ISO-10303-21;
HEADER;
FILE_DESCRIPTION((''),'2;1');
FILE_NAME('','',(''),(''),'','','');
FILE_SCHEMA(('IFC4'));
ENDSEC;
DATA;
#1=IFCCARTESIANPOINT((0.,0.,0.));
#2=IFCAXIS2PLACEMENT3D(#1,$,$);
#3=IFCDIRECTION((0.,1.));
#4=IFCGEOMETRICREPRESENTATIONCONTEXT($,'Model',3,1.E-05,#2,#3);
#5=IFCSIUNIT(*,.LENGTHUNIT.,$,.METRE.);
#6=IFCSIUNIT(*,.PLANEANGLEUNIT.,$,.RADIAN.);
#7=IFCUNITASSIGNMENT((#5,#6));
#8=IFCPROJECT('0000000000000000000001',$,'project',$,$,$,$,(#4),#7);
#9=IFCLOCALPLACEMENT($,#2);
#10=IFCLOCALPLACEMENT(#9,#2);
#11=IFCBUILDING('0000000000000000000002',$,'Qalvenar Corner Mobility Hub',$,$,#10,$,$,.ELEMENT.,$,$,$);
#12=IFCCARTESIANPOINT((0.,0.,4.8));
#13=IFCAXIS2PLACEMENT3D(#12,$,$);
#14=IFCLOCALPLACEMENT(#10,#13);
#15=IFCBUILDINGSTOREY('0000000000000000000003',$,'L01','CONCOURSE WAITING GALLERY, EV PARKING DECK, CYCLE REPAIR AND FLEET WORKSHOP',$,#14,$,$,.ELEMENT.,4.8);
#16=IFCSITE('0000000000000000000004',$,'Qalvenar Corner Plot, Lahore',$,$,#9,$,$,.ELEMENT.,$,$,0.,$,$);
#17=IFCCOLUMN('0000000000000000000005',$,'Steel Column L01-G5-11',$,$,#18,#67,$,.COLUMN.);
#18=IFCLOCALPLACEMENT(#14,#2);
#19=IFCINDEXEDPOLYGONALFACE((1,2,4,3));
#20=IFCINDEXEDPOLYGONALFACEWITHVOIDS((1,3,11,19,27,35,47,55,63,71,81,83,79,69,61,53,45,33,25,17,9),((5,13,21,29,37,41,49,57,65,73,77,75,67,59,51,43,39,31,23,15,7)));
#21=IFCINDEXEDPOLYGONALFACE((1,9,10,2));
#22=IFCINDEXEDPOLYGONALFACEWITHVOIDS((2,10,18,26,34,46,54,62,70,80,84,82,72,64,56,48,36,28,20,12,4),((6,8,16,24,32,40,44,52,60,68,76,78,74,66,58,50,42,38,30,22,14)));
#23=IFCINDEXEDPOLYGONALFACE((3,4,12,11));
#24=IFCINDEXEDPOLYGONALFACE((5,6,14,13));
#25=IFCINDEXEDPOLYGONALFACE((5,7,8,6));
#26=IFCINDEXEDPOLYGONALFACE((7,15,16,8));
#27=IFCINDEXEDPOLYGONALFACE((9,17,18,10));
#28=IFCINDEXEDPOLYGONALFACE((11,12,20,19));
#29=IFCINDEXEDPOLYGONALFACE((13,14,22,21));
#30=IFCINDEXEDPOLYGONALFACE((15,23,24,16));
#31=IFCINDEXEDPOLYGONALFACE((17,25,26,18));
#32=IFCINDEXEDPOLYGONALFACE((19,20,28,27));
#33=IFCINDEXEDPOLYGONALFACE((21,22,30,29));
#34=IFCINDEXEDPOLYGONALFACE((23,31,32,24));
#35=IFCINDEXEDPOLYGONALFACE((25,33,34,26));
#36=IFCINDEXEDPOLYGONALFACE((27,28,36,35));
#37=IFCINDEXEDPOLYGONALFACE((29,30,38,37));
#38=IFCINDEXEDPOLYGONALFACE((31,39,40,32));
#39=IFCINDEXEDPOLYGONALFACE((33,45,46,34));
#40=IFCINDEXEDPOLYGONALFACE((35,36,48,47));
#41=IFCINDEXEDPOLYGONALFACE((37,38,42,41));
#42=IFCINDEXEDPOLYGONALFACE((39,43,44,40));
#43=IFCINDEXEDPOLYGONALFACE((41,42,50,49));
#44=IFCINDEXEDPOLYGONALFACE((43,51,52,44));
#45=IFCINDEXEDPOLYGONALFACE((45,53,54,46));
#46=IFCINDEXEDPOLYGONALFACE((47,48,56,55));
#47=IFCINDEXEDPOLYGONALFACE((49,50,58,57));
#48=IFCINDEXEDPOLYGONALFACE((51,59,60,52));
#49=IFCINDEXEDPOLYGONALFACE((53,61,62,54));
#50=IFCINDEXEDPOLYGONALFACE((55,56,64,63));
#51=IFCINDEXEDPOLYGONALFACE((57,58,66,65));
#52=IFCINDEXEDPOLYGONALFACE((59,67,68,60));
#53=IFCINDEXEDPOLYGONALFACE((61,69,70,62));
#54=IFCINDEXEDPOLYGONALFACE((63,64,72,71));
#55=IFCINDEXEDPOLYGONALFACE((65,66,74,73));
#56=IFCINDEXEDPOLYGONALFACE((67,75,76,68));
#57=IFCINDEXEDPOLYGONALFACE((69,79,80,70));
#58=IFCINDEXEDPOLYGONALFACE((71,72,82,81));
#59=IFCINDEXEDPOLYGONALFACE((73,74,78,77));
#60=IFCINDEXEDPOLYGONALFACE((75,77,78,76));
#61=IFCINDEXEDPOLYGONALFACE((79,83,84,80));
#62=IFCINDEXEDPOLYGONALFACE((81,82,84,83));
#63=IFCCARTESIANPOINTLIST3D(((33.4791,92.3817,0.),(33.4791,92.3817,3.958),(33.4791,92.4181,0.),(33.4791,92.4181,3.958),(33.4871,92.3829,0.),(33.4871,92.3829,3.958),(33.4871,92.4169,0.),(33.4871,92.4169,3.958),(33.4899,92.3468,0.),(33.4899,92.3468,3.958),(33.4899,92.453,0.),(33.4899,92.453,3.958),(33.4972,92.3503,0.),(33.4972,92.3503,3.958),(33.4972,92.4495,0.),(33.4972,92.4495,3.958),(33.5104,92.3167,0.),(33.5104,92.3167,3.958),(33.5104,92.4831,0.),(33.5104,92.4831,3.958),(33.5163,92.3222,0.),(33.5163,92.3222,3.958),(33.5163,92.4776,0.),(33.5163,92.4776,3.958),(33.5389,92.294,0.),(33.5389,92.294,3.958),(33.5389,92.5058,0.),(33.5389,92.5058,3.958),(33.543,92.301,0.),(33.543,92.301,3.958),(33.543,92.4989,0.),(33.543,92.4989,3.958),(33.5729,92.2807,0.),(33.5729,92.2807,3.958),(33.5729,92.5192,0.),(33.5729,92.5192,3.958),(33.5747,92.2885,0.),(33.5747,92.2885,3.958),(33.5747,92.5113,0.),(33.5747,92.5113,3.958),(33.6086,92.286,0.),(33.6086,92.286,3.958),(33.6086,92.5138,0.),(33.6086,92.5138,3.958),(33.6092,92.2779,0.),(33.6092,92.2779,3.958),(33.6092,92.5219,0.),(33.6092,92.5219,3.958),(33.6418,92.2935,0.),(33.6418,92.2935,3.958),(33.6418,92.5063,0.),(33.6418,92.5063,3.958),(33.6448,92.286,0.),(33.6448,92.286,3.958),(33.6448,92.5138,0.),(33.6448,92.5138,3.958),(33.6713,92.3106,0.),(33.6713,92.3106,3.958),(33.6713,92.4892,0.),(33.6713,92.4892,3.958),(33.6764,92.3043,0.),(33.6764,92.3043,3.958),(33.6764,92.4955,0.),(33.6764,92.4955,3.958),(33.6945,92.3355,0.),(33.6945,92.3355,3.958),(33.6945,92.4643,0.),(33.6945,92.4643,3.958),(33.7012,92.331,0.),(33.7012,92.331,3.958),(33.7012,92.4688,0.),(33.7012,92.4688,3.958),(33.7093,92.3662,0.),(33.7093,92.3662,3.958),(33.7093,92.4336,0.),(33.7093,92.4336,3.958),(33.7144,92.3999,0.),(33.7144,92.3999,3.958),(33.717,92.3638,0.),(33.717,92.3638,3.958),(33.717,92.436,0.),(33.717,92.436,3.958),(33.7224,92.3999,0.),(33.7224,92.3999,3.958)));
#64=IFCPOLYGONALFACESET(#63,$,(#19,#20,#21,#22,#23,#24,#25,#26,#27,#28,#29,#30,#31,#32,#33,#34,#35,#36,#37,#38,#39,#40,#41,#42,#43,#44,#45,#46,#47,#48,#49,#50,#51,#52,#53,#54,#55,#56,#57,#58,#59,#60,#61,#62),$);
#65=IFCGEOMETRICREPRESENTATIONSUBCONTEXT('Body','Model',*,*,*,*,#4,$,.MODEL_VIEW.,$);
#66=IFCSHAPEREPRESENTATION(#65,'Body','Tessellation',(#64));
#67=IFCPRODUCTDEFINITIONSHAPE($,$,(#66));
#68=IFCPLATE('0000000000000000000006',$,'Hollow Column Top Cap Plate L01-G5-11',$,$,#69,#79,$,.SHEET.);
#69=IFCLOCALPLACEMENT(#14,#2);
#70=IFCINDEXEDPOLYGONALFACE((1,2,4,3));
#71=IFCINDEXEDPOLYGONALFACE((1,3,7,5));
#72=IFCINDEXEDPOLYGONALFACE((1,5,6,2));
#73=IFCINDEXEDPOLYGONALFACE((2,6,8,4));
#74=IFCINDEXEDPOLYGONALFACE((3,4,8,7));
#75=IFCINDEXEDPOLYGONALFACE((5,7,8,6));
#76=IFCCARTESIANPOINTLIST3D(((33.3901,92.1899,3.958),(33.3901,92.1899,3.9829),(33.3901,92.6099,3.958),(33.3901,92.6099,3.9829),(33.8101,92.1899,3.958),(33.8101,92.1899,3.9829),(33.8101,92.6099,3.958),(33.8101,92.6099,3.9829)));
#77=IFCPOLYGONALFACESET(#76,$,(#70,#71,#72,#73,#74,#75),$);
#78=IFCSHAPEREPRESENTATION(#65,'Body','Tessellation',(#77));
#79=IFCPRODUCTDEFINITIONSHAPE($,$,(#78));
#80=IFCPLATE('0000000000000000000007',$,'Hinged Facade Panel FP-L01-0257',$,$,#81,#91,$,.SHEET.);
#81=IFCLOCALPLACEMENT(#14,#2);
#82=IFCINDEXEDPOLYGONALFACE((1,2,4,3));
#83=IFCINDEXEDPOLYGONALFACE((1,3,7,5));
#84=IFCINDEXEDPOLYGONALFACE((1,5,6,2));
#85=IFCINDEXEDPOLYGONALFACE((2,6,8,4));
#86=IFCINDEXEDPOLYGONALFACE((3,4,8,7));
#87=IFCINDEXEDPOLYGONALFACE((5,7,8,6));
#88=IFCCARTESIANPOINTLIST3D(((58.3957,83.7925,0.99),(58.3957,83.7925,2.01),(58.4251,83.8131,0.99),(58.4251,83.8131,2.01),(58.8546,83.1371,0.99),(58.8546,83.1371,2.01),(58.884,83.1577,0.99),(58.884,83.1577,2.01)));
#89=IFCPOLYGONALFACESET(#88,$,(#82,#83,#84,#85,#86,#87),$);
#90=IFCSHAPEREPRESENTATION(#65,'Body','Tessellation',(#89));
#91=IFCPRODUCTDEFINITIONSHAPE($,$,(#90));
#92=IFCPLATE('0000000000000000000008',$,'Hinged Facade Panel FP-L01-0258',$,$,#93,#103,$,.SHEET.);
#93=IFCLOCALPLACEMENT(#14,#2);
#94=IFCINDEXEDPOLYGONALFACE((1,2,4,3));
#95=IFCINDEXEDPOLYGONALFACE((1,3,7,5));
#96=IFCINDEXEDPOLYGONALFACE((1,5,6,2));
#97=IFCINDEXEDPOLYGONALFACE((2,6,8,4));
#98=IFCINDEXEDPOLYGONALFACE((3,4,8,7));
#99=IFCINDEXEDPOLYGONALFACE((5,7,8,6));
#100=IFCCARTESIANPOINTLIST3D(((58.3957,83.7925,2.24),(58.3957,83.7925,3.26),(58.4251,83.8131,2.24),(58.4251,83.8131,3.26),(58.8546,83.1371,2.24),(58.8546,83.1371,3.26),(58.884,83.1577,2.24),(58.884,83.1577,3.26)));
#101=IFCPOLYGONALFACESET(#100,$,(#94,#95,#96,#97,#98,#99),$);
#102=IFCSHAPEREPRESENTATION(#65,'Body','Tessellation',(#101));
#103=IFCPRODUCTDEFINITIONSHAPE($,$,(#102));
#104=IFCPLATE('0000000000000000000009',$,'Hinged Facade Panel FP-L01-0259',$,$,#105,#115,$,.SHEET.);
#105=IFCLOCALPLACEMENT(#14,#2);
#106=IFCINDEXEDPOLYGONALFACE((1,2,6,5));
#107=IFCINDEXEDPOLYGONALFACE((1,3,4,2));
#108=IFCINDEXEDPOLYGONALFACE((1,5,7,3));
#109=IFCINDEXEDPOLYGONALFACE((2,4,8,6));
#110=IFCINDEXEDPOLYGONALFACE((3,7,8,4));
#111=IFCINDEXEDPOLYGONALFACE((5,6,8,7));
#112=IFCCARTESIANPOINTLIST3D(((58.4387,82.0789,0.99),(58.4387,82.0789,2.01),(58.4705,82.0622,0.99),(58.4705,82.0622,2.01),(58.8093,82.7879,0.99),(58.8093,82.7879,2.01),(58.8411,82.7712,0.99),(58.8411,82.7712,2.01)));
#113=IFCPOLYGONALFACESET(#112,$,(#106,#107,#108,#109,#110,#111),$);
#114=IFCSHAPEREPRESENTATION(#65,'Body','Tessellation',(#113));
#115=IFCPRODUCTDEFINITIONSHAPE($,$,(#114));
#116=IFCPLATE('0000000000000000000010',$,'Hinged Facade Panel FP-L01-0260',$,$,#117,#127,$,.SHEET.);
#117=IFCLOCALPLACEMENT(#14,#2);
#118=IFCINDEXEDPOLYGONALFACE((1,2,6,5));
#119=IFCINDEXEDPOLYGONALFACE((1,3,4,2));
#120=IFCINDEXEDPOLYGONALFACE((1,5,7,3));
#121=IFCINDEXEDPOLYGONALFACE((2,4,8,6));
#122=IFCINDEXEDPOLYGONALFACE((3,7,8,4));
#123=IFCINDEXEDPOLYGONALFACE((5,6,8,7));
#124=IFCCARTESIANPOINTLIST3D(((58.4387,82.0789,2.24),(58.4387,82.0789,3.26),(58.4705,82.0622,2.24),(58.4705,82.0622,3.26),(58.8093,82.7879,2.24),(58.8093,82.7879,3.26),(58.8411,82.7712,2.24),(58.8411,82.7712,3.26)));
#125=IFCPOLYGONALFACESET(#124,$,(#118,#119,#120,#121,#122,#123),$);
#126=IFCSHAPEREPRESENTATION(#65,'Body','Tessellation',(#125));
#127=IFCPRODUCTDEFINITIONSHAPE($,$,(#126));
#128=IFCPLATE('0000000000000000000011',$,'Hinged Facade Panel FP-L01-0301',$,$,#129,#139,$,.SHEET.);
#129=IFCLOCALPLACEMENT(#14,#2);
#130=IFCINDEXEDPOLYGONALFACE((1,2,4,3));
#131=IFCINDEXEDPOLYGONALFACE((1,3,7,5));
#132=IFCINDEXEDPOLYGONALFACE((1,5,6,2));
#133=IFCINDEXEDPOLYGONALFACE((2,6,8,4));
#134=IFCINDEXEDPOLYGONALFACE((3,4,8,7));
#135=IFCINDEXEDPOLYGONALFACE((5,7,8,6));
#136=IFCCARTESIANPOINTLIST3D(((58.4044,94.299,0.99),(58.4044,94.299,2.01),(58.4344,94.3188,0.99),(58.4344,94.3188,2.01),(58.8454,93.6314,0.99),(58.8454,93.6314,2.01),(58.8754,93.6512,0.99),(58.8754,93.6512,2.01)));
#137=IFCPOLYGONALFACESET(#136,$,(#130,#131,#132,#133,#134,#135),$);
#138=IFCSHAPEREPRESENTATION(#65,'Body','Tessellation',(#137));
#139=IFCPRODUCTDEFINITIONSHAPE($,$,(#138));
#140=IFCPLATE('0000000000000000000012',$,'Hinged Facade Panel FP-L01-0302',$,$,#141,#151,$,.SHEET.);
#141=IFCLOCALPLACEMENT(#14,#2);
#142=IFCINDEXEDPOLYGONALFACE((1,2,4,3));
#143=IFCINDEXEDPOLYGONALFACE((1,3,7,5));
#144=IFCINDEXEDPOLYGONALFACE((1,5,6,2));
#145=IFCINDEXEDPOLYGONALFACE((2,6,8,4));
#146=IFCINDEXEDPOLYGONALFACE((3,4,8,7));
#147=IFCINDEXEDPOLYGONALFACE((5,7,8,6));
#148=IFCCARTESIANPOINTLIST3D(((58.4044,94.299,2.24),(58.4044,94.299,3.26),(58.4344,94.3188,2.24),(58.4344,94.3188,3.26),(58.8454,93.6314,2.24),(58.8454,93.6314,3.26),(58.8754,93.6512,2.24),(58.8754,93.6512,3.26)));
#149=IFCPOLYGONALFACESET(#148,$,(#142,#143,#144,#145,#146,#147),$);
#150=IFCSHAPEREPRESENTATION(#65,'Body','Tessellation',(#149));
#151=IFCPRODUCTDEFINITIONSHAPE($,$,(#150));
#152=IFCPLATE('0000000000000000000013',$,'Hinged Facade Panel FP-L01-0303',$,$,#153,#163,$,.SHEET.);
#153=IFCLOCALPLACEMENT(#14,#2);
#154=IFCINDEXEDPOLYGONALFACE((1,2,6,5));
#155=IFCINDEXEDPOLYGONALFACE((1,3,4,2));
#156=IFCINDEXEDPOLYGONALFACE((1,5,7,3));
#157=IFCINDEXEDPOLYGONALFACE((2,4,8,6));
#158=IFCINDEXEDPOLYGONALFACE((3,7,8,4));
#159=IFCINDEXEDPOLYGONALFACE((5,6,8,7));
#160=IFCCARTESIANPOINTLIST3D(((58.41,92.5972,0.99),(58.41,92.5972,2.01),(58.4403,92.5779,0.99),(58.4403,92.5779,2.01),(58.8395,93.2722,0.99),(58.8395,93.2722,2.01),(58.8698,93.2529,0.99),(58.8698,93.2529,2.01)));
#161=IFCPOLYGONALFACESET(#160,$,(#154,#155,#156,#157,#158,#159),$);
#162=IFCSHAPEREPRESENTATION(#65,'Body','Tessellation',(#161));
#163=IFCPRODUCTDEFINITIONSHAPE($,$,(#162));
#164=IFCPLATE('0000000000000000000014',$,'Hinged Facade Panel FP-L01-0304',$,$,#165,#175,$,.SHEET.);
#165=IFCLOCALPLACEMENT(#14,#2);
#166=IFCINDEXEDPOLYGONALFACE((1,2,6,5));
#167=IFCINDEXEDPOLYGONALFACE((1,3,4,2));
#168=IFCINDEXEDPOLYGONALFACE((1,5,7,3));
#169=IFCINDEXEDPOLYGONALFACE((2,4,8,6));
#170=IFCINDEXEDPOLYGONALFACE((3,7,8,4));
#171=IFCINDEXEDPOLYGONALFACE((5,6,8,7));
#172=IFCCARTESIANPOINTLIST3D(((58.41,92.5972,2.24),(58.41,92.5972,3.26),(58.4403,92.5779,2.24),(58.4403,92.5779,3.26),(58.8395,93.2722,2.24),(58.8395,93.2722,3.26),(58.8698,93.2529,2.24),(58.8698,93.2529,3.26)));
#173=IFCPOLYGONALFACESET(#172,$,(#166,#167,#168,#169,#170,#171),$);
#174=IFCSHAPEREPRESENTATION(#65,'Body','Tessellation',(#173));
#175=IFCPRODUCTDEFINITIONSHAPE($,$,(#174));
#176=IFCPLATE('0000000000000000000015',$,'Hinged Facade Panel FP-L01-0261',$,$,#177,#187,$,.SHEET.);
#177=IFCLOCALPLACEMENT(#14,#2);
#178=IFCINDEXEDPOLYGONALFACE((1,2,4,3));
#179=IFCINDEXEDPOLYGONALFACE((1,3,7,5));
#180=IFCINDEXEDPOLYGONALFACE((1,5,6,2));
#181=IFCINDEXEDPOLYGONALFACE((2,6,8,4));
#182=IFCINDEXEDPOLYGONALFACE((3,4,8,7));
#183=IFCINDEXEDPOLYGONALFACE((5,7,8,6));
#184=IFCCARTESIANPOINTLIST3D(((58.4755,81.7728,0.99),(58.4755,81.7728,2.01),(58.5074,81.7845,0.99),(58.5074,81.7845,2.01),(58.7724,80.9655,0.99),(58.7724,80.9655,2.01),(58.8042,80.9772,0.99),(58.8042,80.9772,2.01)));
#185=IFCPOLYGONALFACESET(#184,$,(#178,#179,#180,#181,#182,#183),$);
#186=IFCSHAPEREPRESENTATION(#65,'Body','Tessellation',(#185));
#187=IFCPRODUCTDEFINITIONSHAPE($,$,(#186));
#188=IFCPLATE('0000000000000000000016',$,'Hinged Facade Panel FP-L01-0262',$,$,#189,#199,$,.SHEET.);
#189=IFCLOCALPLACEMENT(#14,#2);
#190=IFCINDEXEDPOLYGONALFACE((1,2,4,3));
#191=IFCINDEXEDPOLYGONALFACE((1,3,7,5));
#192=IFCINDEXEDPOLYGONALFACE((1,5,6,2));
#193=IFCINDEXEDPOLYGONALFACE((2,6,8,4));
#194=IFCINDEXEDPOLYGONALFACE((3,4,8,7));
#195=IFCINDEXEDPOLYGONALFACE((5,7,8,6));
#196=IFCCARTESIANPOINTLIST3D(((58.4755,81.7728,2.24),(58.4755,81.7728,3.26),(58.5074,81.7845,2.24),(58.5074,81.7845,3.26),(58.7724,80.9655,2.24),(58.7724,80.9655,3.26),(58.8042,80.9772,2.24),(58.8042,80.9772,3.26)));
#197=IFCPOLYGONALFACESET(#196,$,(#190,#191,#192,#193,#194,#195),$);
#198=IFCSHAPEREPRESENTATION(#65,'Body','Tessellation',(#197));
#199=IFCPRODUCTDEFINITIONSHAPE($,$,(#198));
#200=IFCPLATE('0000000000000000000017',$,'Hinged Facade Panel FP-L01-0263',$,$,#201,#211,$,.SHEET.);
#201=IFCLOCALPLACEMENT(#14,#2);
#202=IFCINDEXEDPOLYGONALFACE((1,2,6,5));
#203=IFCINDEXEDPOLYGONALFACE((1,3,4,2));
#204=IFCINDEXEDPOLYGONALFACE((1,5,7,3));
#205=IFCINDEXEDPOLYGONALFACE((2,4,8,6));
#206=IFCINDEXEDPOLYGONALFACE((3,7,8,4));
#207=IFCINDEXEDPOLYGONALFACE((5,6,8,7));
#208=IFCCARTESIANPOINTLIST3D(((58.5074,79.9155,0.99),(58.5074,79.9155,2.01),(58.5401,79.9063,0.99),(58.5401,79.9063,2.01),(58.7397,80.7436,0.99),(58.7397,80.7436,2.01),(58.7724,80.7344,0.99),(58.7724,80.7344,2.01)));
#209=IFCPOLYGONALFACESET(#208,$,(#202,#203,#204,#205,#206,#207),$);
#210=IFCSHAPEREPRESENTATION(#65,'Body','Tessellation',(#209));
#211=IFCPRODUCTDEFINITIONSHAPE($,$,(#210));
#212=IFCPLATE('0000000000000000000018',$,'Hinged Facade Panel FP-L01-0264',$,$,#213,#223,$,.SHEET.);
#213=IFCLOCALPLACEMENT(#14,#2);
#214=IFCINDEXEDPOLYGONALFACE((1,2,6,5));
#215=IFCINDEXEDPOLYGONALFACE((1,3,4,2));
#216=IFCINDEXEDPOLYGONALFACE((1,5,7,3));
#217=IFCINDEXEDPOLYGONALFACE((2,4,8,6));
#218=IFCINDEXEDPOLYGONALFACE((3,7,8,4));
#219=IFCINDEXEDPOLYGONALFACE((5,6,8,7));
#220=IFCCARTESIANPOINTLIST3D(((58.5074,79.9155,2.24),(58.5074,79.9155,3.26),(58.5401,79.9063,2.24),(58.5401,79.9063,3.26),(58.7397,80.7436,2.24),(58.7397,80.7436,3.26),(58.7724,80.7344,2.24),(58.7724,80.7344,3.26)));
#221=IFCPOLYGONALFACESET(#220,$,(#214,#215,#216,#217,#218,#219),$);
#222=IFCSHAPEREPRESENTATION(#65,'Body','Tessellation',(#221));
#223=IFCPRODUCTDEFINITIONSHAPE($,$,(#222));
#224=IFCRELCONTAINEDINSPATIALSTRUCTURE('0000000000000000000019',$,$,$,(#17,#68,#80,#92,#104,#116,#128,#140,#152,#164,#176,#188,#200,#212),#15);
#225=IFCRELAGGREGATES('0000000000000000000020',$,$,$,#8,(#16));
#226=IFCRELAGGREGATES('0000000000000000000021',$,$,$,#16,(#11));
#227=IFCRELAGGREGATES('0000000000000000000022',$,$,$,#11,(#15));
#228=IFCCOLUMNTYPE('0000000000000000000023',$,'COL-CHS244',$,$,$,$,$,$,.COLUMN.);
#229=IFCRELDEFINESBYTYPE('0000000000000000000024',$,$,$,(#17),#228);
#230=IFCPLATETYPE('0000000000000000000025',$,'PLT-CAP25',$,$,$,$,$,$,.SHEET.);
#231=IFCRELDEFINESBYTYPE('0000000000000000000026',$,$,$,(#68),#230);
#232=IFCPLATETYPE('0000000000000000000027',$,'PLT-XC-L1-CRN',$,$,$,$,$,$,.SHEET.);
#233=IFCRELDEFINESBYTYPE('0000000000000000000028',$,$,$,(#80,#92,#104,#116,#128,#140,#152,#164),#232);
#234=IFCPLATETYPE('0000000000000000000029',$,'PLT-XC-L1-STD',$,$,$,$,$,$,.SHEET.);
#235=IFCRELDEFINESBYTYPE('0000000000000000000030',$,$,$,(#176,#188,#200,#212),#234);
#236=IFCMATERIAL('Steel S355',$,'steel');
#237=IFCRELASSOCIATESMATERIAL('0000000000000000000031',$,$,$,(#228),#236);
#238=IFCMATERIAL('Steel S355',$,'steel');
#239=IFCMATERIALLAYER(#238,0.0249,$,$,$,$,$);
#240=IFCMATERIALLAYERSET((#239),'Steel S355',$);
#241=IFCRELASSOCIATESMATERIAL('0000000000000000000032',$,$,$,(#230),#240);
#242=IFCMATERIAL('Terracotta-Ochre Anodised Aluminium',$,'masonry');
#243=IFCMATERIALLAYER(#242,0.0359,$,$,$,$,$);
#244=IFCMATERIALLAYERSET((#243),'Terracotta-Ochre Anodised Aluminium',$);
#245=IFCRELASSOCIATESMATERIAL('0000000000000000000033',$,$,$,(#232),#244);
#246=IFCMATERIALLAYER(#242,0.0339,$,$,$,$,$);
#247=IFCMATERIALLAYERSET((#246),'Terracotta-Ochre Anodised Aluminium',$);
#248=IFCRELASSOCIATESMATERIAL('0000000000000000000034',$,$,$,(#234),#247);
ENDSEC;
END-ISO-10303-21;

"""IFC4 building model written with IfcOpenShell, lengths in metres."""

from ifc_helpers import new_model, si_unit, direction, frame, origin, origin_2d, place, context, subcontext, project, spatial, rectangle, hollow_circle, extrude, material, layer, layer_set, material_profile, profile_set, type_object, element, save


model = new_model("IFC4")

# Units and contexts
model_context = context("Model", 3, precision=1e-05, world=origin(), true_north=direction((0.0, 1.0)))
body_context = subcontext(model_context, "Body", "Model", "MODEL_VIEW")
ifc_project = project(units=[si_unit("LENGTHUNIT", "METRE"), si_unit("PLANEANGLEUNIT", "RADIAN")], contexts=[model_context])

# Site, building, storey
site_placement = place(None, origin())
site = spatial("IfcSite", under=ifc_project, at=site_placement, Name="Qalvenar Corner Plot, Lahore", CompositionType="ELEMENT", RefElevation=0.0)
building_placement = place(site_placement, origin())
building = spatial("IfcBuilding", under=site, at=building_placement, Name="Qalvenar Corner Mobility Hub", CompositionType="ELEMENT")
storey_placement = place(building_placement, frame((0.0, 0.0, 4.8)))
storey = spatial("IfcBuildingStorey", under=building, at=storey_placement, Name="L01", Description="CONCOURSE WAITING GALLERY, EV PARKING DECK, CYCLE REPAIR AND FLEET WORKSHOP", CompositionType="ELEMENT", Elevation=4.8)

# Column
ifc_material_1 = material(Name="Steel S355", Category="steel")
ifc_material_profile = material_profile(ifc_material_1, hollow_circle(Radius=0.1223, WallThickness=0.0081, at=origin_2d()), Name="CHS244.5x8")
ifc_profile_set = profile_set([ifc_material_profile], Name="Steel S355")
column_type = type_object("IfcColumnType", Name="COL-CHS244", PredefinedType="COLUMN", material=ifc_profile_set)
column_placement = place(storey_placement, frame((33.6001, 92.3999, 0.0), z_axis=(0.0, 0.0, 1.0), x_axis=(1.0, 0.0, 0.0)))
element("IfcColumn", 1, at=column_placement, inside=storey, type_object=column_type, Name="Steel Column L01-G5-11", PredefinedType="COLUMN", context=body_context, shape_type="SweptSolid", body=[
    extrude(hollow_circle(Radius=0.1223, WallThickness=0.0081, at=origin_2d()), origin(), (0.0, 0.0, 1.0), 3.958),
])

# Plates
ifc_material_2 = material(Name="Steel S355", Category="steel")
ifc_layer_1 = layer(ifc_material_2, 0.0249)
ifc_layer_set_1 = layer_set([ifc_layer_1], Name="Steel S355")
plate_type_1 = type_object("IfcPlateType", Name="PLT-CAP25", PredefinedType="SHEET", material=ifc_layer_set_1)
plate_placement = place(storey_placement, frame((33.6001, 92.3999, 3.958), z_axis=(0.0, 0.0, 1.0), x_axis=(1.0, 0.0, 0.0)))
element("IfcPlate", 2, at=plate_placement, inside=storey, type_object=plate_type_1, Name="Hollow Column Top Cap Plate L01-G5-11", PredefinedType="SHEET", context=body_context, shape_type="SweptSolid", body=[
    extrude(rectangle(XDim=0.4199, YDim=0.4199, at=origin_2d()), origin(), (0.0, 0.0, 1.0), 0.0249),
])
ifc_material_3 = material(Name="Terracotta-Ochre Anodised Aluminium", Category="masonry")
ifc_layer_2 = layer(ifc_material_3, 0.0359)
ifc_layer_set_2 = layer_set([ifc_layer_2], Name="Terracotta-Ochre Anodised Aluminium")
plate_type_2 = type_object("IfcPlateType", Name="PLT-XC-L1-CRN", PredefinedType="SHEET", material=ifc_layer_set_2)
for number, where, z_axis, x_axis, name in (
    (3, (58.6399, 83.4751, 0.99), (0.0, 0.0, 1.0), (0.573576, -0.819152, 0.0), "Hinged Facade Panel FP-L01-0257"),
    (4, (58.6399, 83.4751, 2.24), (0.0, 0.0, 1.0), (0.573576, -0.819152, 0.0), "Hinged Facade Panel FP-L01-0258"),
    (5, (58.6399, 82.425, 0.99), (0.0, 0.0, 1.0), (-0.463296, -0.886204, 0.0), "Hinged Facade Panel FP-L01-0259"),
    (6, (58.6399, 82.425, 2.24), (0.0, 0.0, 1.0), (-0.463296, -0.886204, 0.0), "Hinged Facade Panel FP-L01-0260"),
    (7, (58.6399, 93.9751, 0.99), (0.0, 0.0, 1.0), (0.551209, -0.834367, 0.0), "Hinged Facade Panel FP-L01-0301"),
    (8, (58.6399, 93.9751, 2.24), (0.0, 0.0, 1.0), (0.551209, -0.834367, 0.0), "Hinged Facade Panel FP-L01-0302"),
    (9, (58.6399, 92.925, 0.99), (0.0, 0.0, 1.0), (-0.536858, -0.843673, 0.0), "Hinged Facade Panel FP-L01-0303"),
    (10, (58.6399, 92.925, 2.24), (0.0, 0.0, 1.0), (-0.536858, -0.843673, 0.0), "Hinged Facade Panel FP-L01-0304"),
):
    element("IfcPlate", number, at=place(storey_placement, frame(where, z_axis=z_axis, x_axis=x_axis)), inside=storey, type_object=plate_type_2, Name=name, PredefinedType="SHEET", context=body_context, shape_type="SweptSolid", body=[
        extrude(rectangle(XDim=0.8, YDim=0.0359, at=origin_2d()), origin(), (0.0, 0.0, 1.0), 1.02),
    ])
ifc_layer_3 = layer(ifc_material_3, 0.0339)
ifc_layer_set_3 = layer_set([ifc_layer_3], Name="Terracotta-Ochre Anodised Aluminium")
plate_type_3 = type_object("IfcPlateType", Name="PLT-XC-L1-STD", PredefinedType="SHEET", material=ifc_layer_set_3)
for number, where, z_axis, x_axis, name in (
    (11, (58.6399, 81.375, 0.99), (0.0, 0.0, 1.0), (0.345134, -0.938553, 0.0), "Hinged Facade Panel FP-L01-0261"),
    (12, (58.6399, 81.375, 2.24), (0.0, 0.0, 1.0), (0.345134, -0.938553, 0.0), "Hinged Facade Panel FP-L01-0262"),
    (13, (58.6399, 80.325, 0.99), (0.0, 0.0, 1.0), (-0.270096, -0.962833, 0.0), "Hinged Facade Panel FP-L01-0263"),
    (14, (58.6399, 80.325, 2.24), (0.0, 0.0, 1.0), (-0.270096, -0.962833, 0.0), "Hinged Facade Panel FP-L01-0264"),
):
    element("IfcPlate", number, at=place(storey_placement, frame(where, z_axis=z_axis, x_axis=x_axis)), inside=storey, type_object=plate_type_3, Name=name, PredefinedType="SHEET", context=body_context, shape_type="SweptSolid", body=[
        extrude(rectangle(XDim=0.8601, YDim=0.0339, at=origin_2d()), origin(), (0.0, 0.0, 1.0), 1.02),
    ])

save(model, "model.ifc")
